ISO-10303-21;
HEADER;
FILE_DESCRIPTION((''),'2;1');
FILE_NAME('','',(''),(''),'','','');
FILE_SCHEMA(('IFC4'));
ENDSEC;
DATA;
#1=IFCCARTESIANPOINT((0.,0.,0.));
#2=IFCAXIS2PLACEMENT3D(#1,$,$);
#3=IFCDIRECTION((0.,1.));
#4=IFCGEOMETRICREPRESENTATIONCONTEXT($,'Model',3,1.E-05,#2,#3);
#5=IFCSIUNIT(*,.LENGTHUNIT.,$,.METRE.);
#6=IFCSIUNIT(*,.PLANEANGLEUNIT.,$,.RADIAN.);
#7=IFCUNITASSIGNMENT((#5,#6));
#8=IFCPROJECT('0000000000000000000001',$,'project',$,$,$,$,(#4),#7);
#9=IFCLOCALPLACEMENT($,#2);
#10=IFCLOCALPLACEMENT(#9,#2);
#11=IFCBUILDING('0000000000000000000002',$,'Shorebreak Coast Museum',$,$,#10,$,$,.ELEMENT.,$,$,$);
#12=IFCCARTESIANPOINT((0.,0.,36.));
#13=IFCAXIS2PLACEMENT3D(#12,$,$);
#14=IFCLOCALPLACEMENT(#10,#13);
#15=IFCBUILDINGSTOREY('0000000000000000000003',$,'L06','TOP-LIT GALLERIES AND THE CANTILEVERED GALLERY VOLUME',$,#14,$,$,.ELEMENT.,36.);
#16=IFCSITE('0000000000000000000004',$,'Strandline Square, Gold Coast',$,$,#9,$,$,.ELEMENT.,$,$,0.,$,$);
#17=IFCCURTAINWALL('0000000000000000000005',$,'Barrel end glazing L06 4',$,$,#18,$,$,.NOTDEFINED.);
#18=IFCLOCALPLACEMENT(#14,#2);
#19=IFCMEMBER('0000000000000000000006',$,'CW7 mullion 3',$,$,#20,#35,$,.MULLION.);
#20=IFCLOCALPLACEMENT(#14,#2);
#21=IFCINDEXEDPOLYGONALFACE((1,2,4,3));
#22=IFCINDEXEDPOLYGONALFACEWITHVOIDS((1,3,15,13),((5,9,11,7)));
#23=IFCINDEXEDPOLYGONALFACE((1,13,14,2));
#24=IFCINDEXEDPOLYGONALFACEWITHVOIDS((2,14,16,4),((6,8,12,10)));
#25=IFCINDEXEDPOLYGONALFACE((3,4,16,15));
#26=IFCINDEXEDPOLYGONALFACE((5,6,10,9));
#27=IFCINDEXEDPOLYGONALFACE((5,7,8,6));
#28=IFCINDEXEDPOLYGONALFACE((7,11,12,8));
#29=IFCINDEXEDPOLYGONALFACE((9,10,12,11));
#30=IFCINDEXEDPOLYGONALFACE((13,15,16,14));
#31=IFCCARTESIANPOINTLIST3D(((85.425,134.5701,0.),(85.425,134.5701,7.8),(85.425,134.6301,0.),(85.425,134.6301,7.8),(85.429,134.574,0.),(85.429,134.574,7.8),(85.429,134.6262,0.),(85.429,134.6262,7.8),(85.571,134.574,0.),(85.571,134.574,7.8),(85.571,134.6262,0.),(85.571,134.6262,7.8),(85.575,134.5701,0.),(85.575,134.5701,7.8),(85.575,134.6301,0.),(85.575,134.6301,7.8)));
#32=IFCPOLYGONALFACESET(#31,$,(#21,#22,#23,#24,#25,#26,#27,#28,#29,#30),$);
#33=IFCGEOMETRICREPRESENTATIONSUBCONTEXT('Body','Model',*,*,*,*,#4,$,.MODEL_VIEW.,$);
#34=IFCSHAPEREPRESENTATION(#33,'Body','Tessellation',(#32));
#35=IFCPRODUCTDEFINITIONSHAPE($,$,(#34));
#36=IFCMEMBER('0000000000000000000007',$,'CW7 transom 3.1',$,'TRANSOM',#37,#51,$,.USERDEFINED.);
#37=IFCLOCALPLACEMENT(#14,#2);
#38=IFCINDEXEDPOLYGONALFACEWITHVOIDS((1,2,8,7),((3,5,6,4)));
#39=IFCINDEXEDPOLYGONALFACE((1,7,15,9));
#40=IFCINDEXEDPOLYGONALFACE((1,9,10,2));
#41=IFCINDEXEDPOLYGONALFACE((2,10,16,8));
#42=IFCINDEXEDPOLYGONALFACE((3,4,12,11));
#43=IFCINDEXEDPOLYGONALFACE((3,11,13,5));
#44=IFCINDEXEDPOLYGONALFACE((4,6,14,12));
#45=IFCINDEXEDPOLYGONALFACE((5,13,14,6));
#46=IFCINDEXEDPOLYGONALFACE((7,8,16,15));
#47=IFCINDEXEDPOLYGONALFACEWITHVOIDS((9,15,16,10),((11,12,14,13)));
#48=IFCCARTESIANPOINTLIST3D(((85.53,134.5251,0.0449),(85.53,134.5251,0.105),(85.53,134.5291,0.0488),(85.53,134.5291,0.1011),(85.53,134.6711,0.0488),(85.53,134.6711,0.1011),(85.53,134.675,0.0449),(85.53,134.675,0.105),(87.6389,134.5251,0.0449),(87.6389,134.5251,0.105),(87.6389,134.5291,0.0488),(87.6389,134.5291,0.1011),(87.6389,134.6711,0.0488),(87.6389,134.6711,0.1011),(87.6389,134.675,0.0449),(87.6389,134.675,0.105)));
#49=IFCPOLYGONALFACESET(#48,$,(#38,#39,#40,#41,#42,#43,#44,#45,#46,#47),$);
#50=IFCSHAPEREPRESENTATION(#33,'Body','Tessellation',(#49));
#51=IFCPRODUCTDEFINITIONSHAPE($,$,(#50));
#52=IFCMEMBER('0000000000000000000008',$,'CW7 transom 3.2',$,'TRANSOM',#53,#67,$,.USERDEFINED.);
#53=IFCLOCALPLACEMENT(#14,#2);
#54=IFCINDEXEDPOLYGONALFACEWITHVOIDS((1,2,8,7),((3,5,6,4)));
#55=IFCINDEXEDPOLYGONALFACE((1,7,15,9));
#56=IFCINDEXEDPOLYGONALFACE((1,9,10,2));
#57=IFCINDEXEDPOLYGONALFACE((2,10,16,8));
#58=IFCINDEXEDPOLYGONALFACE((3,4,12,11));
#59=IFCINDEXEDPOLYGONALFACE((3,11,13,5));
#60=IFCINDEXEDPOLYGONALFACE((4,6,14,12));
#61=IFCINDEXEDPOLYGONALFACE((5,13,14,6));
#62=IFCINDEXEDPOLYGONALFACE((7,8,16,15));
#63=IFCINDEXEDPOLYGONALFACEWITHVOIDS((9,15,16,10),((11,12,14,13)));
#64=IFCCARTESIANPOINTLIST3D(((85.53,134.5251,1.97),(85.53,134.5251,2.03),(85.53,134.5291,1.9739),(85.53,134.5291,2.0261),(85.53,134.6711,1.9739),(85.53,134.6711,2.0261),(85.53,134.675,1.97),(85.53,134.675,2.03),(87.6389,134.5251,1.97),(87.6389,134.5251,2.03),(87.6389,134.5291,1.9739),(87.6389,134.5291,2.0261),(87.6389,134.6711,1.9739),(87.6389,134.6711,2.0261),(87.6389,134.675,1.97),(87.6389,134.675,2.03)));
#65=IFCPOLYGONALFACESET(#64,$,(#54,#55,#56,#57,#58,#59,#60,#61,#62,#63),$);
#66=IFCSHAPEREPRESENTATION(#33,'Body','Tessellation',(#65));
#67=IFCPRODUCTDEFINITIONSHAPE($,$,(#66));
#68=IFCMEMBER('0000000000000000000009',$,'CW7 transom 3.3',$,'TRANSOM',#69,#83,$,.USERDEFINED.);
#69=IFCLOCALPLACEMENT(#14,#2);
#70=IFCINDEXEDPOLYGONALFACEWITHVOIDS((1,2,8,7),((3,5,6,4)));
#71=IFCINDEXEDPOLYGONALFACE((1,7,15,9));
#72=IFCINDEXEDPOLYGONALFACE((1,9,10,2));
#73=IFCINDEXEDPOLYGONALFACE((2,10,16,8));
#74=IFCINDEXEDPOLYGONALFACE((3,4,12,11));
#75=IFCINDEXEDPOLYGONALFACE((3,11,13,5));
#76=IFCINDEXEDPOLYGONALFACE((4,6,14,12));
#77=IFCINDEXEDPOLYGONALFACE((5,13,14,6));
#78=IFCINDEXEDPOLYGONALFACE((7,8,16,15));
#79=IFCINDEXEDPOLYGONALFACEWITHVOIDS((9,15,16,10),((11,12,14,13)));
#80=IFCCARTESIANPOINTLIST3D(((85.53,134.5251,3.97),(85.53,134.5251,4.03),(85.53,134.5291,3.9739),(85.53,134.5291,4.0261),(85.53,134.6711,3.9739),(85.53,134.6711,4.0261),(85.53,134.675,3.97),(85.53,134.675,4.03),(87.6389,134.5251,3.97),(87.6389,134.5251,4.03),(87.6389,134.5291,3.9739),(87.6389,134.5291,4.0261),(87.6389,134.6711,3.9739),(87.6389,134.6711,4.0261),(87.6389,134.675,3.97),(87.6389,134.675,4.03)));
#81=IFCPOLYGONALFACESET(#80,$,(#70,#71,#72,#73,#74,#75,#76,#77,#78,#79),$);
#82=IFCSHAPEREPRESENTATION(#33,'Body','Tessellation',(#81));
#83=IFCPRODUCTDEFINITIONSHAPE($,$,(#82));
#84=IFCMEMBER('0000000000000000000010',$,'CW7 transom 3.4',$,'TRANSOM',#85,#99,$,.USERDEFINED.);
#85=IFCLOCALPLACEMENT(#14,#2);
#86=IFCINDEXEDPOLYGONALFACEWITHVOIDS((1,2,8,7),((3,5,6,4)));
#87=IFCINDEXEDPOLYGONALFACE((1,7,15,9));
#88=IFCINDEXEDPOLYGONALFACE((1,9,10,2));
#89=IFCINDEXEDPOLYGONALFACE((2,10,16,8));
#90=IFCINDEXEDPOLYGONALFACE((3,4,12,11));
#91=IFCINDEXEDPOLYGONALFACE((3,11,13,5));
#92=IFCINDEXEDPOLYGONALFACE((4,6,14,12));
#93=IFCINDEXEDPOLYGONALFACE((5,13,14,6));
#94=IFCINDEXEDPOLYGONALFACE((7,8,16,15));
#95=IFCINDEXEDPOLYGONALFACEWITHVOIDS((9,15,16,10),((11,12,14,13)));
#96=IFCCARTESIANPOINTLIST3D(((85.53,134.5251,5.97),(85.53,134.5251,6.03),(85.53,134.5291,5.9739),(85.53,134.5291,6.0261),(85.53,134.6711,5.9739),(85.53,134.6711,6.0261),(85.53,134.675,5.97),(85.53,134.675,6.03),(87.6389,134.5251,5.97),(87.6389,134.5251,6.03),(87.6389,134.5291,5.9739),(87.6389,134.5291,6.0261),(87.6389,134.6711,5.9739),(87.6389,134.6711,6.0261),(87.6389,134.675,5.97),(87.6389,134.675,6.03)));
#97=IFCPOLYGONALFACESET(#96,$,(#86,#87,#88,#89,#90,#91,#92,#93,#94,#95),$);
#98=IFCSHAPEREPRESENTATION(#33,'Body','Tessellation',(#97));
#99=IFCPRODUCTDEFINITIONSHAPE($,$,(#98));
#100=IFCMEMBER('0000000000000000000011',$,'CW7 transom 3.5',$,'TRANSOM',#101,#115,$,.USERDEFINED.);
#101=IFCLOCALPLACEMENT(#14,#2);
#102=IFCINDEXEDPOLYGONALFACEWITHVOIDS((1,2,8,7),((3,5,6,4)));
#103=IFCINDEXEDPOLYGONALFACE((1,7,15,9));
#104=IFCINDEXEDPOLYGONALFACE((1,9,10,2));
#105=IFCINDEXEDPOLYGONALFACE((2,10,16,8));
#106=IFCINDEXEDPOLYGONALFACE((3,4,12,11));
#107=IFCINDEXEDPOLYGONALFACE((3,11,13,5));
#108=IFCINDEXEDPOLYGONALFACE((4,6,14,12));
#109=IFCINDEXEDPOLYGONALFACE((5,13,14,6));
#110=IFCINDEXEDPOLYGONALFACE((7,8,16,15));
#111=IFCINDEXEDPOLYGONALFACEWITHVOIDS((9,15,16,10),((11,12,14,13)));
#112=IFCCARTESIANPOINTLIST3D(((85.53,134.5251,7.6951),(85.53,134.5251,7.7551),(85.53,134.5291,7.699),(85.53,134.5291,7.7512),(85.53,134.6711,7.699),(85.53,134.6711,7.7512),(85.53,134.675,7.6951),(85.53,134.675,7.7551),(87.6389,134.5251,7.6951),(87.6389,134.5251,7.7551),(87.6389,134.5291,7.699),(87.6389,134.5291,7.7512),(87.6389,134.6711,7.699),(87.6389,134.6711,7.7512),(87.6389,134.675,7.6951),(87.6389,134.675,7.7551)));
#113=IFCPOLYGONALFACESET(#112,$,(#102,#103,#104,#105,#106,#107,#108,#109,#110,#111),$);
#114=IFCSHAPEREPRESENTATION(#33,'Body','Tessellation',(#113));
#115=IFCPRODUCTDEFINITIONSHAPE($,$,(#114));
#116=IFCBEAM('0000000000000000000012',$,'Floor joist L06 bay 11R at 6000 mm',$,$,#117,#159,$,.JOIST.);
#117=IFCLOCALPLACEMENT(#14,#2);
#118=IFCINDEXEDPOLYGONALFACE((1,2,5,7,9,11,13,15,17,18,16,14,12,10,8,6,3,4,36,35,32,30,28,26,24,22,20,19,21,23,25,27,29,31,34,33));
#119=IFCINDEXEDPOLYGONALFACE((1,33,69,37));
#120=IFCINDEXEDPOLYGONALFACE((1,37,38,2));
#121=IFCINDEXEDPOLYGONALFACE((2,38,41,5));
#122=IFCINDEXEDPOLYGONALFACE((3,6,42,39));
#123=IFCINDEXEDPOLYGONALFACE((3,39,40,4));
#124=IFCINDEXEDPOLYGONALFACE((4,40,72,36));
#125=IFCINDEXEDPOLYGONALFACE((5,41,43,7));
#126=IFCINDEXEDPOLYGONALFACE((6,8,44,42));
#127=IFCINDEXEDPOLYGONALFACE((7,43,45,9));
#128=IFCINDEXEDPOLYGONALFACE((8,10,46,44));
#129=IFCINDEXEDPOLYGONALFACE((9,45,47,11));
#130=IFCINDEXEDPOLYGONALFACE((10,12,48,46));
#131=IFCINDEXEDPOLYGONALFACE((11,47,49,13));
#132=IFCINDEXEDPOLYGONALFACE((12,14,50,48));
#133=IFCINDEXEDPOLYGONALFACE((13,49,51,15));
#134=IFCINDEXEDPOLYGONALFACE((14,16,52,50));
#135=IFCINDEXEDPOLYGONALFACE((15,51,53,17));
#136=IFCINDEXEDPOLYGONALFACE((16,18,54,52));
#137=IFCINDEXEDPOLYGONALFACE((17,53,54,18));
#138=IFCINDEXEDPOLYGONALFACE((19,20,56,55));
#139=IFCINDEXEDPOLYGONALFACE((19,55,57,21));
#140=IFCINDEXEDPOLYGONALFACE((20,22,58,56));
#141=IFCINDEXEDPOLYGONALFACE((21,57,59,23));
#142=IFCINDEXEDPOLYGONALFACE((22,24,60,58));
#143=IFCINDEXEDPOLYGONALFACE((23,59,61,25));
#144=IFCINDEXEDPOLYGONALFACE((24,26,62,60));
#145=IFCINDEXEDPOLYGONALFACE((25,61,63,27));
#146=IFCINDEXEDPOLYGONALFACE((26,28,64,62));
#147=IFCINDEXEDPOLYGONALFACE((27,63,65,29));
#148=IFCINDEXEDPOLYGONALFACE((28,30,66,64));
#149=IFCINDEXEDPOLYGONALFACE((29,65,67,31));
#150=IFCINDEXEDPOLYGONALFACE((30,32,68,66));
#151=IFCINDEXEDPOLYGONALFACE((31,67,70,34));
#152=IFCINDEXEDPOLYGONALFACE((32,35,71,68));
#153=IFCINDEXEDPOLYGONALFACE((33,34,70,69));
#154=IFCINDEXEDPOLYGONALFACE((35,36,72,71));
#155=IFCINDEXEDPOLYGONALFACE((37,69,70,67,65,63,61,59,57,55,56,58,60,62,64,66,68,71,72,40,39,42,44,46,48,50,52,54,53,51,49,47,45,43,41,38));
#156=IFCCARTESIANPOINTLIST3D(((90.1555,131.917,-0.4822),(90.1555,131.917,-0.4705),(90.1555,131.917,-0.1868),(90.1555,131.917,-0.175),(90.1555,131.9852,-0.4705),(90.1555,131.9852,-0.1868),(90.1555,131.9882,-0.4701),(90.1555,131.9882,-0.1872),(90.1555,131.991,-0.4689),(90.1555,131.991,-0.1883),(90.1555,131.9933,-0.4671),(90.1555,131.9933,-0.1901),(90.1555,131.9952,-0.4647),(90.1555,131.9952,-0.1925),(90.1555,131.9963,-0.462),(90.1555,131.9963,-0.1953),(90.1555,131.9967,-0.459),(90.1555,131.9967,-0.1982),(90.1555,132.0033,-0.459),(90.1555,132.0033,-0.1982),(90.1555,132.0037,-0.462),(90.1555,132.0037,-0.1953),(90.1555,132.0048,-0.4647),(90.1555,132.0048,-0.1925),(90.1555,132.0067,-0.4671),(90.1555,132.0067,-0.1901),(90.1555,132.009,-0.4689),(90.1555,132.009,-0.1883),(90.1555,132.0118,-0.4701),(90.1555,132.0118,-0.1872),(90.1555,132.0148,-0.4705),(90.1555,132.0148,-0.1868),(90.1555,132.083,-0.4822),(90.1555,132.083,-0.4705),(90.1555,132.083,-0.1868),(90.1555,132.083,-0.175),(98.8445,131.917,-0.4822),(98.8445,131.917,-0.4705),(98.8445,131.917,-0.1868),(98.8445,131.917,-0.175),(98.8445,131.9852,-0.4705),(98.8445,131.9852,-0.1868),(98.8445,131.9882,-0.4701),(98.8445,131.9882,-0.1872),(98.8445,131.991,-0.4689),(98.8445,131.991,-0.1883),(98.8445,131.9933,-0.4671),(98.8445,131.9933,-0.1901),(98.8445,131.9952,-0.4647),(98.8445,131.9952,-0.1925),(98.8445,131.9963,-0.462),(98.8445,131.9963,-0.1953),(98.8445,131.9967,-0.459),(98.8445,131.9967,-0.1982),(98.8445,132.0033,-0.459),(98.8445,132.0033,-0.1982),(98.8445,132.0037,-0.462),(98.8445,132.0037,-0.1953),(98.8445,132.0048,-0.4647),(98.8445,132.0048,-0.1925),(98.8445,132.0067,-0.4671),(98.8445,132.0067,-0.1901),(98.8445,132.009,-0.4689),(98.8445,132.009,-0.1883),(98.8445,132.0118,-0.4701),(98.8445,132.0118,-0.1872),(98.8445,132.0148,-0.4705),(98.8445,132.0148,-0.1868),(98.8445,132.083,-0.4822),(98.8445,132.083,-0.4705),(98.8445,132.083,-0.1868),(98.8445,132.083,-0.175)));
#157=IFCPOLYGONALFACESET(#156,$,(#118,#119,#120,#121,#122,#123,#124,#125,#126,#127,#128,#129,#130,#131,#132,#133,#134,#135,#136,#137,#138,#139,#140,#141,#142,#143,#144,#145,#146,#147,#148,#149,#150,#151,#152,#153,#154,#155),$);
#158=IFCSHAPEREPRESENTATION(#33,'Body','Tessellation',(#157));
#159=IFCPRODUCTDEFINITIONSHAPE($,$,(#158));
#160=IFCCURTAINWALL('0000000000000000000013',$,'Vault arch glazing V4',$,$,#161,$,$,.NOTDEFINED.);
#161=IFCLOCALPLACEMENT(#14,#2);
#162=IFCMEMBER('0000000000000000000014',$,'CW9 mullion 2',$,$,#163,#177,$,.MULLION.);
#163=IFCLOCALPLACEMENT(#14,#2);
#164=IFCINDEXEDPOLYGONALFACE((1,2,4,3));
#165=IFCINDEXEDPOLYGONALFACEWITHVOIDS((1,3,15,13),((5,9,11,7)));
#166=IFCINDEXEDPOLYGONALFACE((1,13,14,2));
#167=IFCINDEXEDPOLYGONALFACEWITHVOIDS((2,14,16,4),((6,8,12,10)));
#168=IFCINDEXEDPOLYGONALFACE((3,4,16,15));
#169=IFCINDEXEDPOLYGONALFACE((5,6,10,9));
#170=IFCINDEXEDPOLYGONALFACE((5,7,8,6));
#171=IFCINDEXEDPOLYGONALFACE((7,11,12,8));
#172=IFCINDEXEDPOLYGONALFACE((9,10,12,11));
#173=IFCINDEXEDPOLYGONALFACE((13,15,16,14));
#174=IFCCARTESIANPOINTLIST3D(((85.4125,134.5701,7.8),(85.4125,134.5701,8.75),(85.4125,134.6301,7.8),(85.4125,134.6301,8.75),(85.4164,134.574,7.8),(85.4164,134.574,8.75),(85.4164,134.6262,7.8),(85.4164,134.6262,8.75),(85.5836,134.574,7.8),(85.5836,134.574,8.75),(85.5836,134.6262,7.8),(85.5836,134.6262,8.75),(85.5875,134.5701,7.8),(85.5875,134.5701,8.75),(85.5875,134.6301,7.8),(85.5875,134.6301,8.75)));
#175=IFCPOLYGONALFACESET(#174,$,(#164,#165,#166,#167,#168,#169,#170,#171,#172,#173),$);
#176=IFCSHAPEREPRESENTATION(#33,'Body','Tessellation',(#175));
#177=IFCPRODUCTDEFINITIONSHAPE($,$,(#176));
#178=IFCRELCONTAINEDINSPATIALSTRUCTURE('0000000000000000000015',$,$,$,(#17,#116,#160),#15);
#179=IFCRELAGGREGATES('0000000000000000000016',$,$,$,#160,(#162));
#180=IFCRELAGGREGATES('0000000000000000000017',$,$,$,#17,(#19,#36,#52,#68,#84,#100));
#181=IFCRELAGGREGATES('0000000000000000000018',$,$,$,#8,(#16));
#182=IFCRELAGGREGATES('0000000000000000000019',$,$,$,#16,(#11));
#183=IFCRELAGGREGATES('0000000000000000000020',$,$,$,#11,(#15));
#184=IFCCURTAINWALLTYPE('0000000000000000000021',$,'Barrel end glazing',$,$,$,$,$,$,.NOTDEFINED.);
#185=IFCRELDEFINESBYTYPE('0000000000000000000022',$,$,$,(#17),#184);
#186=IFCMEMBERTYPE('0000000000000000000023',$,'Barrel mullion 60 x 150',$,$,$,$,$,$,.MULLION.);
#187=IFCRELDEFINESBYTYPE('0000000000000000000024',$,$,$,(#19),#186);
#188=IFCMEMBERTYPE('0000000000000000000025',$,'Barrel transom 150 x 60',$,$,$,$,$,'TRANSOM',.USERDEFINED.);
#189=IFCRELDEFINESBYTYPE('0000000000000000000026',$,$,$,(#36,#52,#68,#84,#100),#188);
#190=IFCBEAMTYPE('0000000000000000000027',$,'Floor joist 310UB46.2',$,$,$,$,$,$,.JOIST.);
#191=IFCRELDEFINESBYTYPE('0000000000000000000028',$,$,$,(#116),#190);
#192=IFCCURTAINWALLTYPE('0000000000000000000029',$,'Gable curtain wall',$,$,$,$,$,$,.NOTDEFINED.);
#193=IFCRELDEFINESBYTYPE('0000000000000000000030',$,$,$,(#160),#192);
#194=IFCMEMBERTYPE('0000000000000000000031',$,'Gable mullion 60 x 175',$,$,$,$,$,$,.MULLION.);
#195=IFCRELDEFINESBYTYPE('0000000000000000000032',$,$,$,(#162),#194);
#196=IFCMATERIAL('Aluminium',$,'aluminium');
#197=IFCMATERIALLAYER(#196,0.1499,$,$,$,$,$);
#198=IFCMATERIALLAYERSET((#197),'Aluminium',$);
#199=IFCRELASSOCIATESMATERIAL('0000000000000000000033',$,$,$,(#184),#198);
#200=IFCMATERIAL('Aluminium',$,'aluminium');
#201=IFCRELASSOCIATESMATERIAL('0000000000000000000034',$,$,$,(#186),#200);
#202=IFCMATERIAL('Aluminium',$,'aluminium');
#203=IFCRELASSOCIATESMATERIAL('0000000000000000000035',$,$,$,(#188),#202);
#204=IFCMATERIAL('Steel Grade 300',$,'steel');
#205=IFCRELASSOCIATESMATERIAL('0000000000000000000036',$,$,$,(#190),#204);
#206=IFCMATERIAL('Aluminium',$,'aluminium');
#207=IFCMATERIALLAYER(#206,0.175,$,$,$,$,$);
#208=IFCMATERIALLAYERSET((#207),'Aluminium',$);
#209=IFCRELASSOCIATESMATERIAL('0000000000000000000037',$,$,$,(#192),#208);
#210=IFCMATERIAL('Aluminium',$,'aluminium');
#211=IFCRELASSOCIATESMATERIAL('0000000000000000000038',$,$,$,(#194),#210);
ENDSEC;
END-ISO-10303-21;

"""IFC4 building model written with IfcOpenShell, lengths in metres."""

from ifc_helpers import new_model, si_unit, direction, frame, origin, origin_2d, place, context, subcontext, project, spatial, hollow_rectangle, i_section, extrude, material, layer, layer_set, material_profile, profile_set, type_object, element, aggregate, save


model = new_model("IFC4")

# Units and contexts
model_context = context("Model", 3, precision=1e-05, world=origin(), true_north=direction((0.0, 1.0)))
body_context = subcontext(model_context, "Body", "Model", "MODEL_VIEW")
ifc_project = project(units=[si_unit("LENGTHUNIT", "METRE"), si_unit("PLANEANGLEUNIT", "RADIAN")], contexts=[model_context])

# Site, building, storey
site_placement = place(None, origin())
site = spatial("IfcSite", under=ifc_project, at=site_placement, Name="Strandline Square, Gold Coast", CompositionType="ELEMENT", RefElevation=0.0)
building_placement = place(site_placement, origin())
building = spatial("IfcBuilding", under=site, at=building_placement, Name="Shorebreak Coast Museum", CompositionType="ELEMENT")
storey_placement = place(building_placement, frame((0.0, 0.0, 36.0)))
storey = spatial("IfcBuildingStorey", under=building, at=storey_placement, Name="L06", Description="TOP-LIT GALLERIES AND THE CANTILEVERED GALLERY VOLUME", CompositionType="ELEMENT", Elevation=36.0)

# Curtain wall, members
ifc_material_1 = material(Name="Aluminium", Category="aluminium")
ifc_layer_1 = layer(ifc_material_1, 0.1499)
ifc_layer_set_1 = layer_set([ifc_layer_1], Name="Aluminium")
curtain_wall_type_1 = type_object("IfcCurtainWallType", Name="Barrel end glazing", PredefinedType="NOTDEFINED", material=ifc_layer_set_1)
curtain_wall_1_placement = place(storey_placement, origin())
curtain_wall_1 = element("IfcCurtainWall", 1, at=curtain_wall_1_placement, inside=storey, type_object=curtain_wall_type_1, Name="Barrel end glazing L06 4", PredefinedType="NOTDEFINED")
ifc_material_2 = material(Name="Aluminium", Category="aluminium")
ifc_material_profile_1 = material_profile(ifc_material_2, hollow_rectangle(XDim=0.0601, YDim=0.1499, WallThickness=0.0039, at=origin_2d()), Name="AL 150x60 RHS")
ifc_profile_set_1 = profile_set([ifc_material_profile_1], Name="Aluminium")
member_type_1 = type_object("IfcMemberType", Name="Barrel mullion 60 x 150", PredefinedType="MULLION", material=ifc_profile_set_1)
member_1_placement = place(storey_placement, frame((85.5, 134.6001, 0.0), z_axis=(0.0, 0.0, 1.0), x_axis=(0.0, 1.0, 0.0)))
member_1 = element("IfcMember", 2, at=member_1_placement, type_object=member_type_1, Name="CW7 mullion 3", PredefinedType="MULLION", context=body_context, shape_type="SweptSolid", body=[
    extrude(hollow_rectangle(XDim=0.0601, YDim=0.1499, WallThickness=0.0039, at=origin_2d()), origin(), (0.0, 0.0, 1.0), 7.8),
])
ifc_material_3 = material(Name="Aluminium", Category="aluminium")
ifc_material_profile_2 = material_profile(ifc_material_3, hollow_rectangle(XDim=0.1499, YDim=0.0601, WallThickness=0.0039, at=origin_2d()), Name="AL 60x150 RHS")
ifc_profile_set_2 = profile_set([ifc_material_profile_2], Name="Aluminium")
member_type_2 = type_object("IfcMemberType", Name="Barrel transom 150 x 60", ElementType="TRANSOM", PredefinedType="USERDEFINED", material=ifc_profile_set_2)
member_2_placement = place(storey_placement, frame((85.53, 134.6001, 0.075), z_axis=(1.0, 0.0, 0.0), x_axis=(0.0, 1.0, 0.0)))
member_2 = element("IfcMember", 3, at=member_2_placement, type_object=member_type_2, Name="CW7 transom 3.1", ObjectType="TRANSOM", PredefinedType="USERDEFINED", context=body_context, shape_type="SweptSolid", body=[
    extrude(hollow_rectangle(XDim=0.1499, YDim=0.0601, WallThickness=0.0039, at=origin_2d()), origin(), (0.0, 0.0, 1.0), 2.1089),
])
member_3_placement = place(storey_placement, frame((85.53, 134.6001, 2.0), z_axis=(1.0, 0.0, 0.0), x_axis=(0.0, 1.0, 0.0)))
member_3 = element("IfcMember", 4, at=member_3_placement, type_object=member_type_2, Name="CW7 transom 3.2", ObjectType="TRANSOM", PredefinedType="USERDEFINED", context=body_context, shape_type="SweptSolid", body=[
    extrude(hollow_rectangle(XDim=0.1499, YDim=0.0601, WallThickness=0.0039, at=origin_2d()), origin(), (0.0, 0.0, 1.0), 2.1089),
])
member_4_placement = place(storey_placement, frame((85.53, 134.6001, 4.0), z_axis=(1.0, 0.0, 0.0), x_axis=(0.0, 1.0, 0.0)))
member_4 = element("IfcMember", 5, at=member_4_placement, type_object=member_type_2, Name="CW7 transom 3.3", ObjectType="TRANSOM", PredefinedType="USERDEFINED", context=body_context, shape_type="SweptSolid", body=[
    extrude(hollow_rectangle(XDim=0.1499, YDim=0.0601, WallThickness=0.0039, at=origin_2d()), origin(), (0.0, 0.0, 1.0), 2.1089),
])
member_5_placement = place(storey_placement, frame((85.53, 134.6001, 6.0), z_axis=(1.0, 0.0, 0.0), x_axis=(0.0, 1.0, 0.0)))
member_5 = element("IfcMember", 6, at=member_5_placement, type_object=member_type_2, Name="CW7 transom 3.4", ObjectType="TRANSOM", PredefinedType="USERDEFINED", context=body_context, shape_type="SweptSolid", body=[
    extrude(hollow_rectangle(XDim=0.1499, YDim=0.0601, WallThickness=0.0039, at=origin_2d()), origin(), (0.0, 0.0, 1.0), 2.1089),
])
member_6_placement = place(storey_placement, frame((85.53, 134.6001, 7.7251), z_axis=(1.0, 0.0, 0.0), x_axis=(0.0, 1.0, 0.0)))
member_6 = element("IfcMember", 7, at=member_6_placement, type_object=member_type_2, Name="CW7 transom 3.5", ObjectType="TRANSOM", PredefinedType="USERDEFINED", context=body_context, shape_type="SweptSolid", body=[
    extrude(hollow_rectangle(XDim=0.1499, YDim=0.0601, WallThickness=0.0039, at=origin_2d()), origin(), (0.0, 0.0, 1.0), 2.1089),
])

# Beam
ifc_material_4 = material(Name="Steel Grade 300", Category="steel")
ifc_material_profile_3 = material_profile(ifc_material_4, i_section(OverallWidth=0.166, OverallDepth=0.3071, WebThickness=0.0066, FlangeThickness=0.0117, FilletRadius=0.0115, at=origin_2d()), Name="310UB46.2")
ifc_profile_set_3 = profile_set([ifc_material_profile_3], Name="Steel Grade 300")
beam_type = type_object("IfcBeamType", Name="Floor joist 310UB46.2", PredefinedType="JOIST", material=ifc_profile_set_3)
beam_placement = place(storey_placement, frame((90.1555, 132.0, -0.3286), z_axis=(1.0, 0.0, 0.0), x_axis=(0.0, 1.0, 0.0)))
element("IfcBeam", 8, at=beam_placement, inside=storey, type_object=beam_type, Name="Floor joist L06 bay 11R at 6000 mm", PredefinedType="JOIST", context=body_context, shape_type="SweptSolid", body=[
    extrude(i_section(OverallWidth=0.166, OverallDepth=0.3071, WebThickness=0.0066, FlangeThickness=0.0117, FilletRadius=0.0115, at=origin_2d()), origin(), (0.0, 0.0, 1.0), 8.689),
])

# Curtain wall, member
ifc_material_5 = material(Name="Aluminium", Category="aluminium")
ifc_layer_2 = layer(ifc_material_5, 0.175)
ifc_layer_set_2 = layer_set([ifc_layer_2], Name="Aluminium")
curtain_wall_type_2 = type_object("IfcCurtainWallType", Name="Gable curtain wall", PredefinedType="NOTDEFINED", material=ifc_layer_set_2)
curtain_wall_2_placement = place(storey_placement, origin())
curtain_wall_2 = element("IfcCurtainWall", 9, at=curtain_wall_2_placement, inside=storey, type_object=curtain_wall_type_2, Name="Vault arch glazing V4", PredefinedType="NOTDEFINED")
ifc_material_6 = material(Name="Aluminium", Category="aluminium")
ifc_material_profile_4 = material_profile(ifc_material_6, hollow_rectangle(XDim=0.0601, YDim=0.175, WallThickness=0.0039, at=origin_2d()), Name="AL 175x60 RHS")
ifc_profile_set_4 = profile_set([ifc_material_profile_4], Name="Aluminium")
member_type_3 = type_object("IfcMemberType", Name="Gable mullion 60 x 175", PredefinedType="MULLION", material=ifc_profile_set_4)
member_7_placement = place(storey_placement, frame((85.5, 134.6001, 7.8), z_axis=(0.0, 0.0, 1.0), x_axis=(0.0, 1.0, 0.0)))
member_7 = element("IfcMember", 10, at=member_7_placement, type_object=member_type_3, Name="CW9 mullion 2", PredefinedType="MULLION", context=body_context, shape_type="SweptSolid", body=[
    extrude(hollow_rectangle(XDim=0.0601, YDim=0.175, WallThickness=0.0039, at=origin_2d()), origin(), (0.0, 0.0, 1.0), 0.95),
])
aggregate(curtain_wall_2, [member_7])

aggregate(curtain_wall_1, [member_1, member_2, member_3, member_4, member_5, member_6])

save(model, "model.ifc")
